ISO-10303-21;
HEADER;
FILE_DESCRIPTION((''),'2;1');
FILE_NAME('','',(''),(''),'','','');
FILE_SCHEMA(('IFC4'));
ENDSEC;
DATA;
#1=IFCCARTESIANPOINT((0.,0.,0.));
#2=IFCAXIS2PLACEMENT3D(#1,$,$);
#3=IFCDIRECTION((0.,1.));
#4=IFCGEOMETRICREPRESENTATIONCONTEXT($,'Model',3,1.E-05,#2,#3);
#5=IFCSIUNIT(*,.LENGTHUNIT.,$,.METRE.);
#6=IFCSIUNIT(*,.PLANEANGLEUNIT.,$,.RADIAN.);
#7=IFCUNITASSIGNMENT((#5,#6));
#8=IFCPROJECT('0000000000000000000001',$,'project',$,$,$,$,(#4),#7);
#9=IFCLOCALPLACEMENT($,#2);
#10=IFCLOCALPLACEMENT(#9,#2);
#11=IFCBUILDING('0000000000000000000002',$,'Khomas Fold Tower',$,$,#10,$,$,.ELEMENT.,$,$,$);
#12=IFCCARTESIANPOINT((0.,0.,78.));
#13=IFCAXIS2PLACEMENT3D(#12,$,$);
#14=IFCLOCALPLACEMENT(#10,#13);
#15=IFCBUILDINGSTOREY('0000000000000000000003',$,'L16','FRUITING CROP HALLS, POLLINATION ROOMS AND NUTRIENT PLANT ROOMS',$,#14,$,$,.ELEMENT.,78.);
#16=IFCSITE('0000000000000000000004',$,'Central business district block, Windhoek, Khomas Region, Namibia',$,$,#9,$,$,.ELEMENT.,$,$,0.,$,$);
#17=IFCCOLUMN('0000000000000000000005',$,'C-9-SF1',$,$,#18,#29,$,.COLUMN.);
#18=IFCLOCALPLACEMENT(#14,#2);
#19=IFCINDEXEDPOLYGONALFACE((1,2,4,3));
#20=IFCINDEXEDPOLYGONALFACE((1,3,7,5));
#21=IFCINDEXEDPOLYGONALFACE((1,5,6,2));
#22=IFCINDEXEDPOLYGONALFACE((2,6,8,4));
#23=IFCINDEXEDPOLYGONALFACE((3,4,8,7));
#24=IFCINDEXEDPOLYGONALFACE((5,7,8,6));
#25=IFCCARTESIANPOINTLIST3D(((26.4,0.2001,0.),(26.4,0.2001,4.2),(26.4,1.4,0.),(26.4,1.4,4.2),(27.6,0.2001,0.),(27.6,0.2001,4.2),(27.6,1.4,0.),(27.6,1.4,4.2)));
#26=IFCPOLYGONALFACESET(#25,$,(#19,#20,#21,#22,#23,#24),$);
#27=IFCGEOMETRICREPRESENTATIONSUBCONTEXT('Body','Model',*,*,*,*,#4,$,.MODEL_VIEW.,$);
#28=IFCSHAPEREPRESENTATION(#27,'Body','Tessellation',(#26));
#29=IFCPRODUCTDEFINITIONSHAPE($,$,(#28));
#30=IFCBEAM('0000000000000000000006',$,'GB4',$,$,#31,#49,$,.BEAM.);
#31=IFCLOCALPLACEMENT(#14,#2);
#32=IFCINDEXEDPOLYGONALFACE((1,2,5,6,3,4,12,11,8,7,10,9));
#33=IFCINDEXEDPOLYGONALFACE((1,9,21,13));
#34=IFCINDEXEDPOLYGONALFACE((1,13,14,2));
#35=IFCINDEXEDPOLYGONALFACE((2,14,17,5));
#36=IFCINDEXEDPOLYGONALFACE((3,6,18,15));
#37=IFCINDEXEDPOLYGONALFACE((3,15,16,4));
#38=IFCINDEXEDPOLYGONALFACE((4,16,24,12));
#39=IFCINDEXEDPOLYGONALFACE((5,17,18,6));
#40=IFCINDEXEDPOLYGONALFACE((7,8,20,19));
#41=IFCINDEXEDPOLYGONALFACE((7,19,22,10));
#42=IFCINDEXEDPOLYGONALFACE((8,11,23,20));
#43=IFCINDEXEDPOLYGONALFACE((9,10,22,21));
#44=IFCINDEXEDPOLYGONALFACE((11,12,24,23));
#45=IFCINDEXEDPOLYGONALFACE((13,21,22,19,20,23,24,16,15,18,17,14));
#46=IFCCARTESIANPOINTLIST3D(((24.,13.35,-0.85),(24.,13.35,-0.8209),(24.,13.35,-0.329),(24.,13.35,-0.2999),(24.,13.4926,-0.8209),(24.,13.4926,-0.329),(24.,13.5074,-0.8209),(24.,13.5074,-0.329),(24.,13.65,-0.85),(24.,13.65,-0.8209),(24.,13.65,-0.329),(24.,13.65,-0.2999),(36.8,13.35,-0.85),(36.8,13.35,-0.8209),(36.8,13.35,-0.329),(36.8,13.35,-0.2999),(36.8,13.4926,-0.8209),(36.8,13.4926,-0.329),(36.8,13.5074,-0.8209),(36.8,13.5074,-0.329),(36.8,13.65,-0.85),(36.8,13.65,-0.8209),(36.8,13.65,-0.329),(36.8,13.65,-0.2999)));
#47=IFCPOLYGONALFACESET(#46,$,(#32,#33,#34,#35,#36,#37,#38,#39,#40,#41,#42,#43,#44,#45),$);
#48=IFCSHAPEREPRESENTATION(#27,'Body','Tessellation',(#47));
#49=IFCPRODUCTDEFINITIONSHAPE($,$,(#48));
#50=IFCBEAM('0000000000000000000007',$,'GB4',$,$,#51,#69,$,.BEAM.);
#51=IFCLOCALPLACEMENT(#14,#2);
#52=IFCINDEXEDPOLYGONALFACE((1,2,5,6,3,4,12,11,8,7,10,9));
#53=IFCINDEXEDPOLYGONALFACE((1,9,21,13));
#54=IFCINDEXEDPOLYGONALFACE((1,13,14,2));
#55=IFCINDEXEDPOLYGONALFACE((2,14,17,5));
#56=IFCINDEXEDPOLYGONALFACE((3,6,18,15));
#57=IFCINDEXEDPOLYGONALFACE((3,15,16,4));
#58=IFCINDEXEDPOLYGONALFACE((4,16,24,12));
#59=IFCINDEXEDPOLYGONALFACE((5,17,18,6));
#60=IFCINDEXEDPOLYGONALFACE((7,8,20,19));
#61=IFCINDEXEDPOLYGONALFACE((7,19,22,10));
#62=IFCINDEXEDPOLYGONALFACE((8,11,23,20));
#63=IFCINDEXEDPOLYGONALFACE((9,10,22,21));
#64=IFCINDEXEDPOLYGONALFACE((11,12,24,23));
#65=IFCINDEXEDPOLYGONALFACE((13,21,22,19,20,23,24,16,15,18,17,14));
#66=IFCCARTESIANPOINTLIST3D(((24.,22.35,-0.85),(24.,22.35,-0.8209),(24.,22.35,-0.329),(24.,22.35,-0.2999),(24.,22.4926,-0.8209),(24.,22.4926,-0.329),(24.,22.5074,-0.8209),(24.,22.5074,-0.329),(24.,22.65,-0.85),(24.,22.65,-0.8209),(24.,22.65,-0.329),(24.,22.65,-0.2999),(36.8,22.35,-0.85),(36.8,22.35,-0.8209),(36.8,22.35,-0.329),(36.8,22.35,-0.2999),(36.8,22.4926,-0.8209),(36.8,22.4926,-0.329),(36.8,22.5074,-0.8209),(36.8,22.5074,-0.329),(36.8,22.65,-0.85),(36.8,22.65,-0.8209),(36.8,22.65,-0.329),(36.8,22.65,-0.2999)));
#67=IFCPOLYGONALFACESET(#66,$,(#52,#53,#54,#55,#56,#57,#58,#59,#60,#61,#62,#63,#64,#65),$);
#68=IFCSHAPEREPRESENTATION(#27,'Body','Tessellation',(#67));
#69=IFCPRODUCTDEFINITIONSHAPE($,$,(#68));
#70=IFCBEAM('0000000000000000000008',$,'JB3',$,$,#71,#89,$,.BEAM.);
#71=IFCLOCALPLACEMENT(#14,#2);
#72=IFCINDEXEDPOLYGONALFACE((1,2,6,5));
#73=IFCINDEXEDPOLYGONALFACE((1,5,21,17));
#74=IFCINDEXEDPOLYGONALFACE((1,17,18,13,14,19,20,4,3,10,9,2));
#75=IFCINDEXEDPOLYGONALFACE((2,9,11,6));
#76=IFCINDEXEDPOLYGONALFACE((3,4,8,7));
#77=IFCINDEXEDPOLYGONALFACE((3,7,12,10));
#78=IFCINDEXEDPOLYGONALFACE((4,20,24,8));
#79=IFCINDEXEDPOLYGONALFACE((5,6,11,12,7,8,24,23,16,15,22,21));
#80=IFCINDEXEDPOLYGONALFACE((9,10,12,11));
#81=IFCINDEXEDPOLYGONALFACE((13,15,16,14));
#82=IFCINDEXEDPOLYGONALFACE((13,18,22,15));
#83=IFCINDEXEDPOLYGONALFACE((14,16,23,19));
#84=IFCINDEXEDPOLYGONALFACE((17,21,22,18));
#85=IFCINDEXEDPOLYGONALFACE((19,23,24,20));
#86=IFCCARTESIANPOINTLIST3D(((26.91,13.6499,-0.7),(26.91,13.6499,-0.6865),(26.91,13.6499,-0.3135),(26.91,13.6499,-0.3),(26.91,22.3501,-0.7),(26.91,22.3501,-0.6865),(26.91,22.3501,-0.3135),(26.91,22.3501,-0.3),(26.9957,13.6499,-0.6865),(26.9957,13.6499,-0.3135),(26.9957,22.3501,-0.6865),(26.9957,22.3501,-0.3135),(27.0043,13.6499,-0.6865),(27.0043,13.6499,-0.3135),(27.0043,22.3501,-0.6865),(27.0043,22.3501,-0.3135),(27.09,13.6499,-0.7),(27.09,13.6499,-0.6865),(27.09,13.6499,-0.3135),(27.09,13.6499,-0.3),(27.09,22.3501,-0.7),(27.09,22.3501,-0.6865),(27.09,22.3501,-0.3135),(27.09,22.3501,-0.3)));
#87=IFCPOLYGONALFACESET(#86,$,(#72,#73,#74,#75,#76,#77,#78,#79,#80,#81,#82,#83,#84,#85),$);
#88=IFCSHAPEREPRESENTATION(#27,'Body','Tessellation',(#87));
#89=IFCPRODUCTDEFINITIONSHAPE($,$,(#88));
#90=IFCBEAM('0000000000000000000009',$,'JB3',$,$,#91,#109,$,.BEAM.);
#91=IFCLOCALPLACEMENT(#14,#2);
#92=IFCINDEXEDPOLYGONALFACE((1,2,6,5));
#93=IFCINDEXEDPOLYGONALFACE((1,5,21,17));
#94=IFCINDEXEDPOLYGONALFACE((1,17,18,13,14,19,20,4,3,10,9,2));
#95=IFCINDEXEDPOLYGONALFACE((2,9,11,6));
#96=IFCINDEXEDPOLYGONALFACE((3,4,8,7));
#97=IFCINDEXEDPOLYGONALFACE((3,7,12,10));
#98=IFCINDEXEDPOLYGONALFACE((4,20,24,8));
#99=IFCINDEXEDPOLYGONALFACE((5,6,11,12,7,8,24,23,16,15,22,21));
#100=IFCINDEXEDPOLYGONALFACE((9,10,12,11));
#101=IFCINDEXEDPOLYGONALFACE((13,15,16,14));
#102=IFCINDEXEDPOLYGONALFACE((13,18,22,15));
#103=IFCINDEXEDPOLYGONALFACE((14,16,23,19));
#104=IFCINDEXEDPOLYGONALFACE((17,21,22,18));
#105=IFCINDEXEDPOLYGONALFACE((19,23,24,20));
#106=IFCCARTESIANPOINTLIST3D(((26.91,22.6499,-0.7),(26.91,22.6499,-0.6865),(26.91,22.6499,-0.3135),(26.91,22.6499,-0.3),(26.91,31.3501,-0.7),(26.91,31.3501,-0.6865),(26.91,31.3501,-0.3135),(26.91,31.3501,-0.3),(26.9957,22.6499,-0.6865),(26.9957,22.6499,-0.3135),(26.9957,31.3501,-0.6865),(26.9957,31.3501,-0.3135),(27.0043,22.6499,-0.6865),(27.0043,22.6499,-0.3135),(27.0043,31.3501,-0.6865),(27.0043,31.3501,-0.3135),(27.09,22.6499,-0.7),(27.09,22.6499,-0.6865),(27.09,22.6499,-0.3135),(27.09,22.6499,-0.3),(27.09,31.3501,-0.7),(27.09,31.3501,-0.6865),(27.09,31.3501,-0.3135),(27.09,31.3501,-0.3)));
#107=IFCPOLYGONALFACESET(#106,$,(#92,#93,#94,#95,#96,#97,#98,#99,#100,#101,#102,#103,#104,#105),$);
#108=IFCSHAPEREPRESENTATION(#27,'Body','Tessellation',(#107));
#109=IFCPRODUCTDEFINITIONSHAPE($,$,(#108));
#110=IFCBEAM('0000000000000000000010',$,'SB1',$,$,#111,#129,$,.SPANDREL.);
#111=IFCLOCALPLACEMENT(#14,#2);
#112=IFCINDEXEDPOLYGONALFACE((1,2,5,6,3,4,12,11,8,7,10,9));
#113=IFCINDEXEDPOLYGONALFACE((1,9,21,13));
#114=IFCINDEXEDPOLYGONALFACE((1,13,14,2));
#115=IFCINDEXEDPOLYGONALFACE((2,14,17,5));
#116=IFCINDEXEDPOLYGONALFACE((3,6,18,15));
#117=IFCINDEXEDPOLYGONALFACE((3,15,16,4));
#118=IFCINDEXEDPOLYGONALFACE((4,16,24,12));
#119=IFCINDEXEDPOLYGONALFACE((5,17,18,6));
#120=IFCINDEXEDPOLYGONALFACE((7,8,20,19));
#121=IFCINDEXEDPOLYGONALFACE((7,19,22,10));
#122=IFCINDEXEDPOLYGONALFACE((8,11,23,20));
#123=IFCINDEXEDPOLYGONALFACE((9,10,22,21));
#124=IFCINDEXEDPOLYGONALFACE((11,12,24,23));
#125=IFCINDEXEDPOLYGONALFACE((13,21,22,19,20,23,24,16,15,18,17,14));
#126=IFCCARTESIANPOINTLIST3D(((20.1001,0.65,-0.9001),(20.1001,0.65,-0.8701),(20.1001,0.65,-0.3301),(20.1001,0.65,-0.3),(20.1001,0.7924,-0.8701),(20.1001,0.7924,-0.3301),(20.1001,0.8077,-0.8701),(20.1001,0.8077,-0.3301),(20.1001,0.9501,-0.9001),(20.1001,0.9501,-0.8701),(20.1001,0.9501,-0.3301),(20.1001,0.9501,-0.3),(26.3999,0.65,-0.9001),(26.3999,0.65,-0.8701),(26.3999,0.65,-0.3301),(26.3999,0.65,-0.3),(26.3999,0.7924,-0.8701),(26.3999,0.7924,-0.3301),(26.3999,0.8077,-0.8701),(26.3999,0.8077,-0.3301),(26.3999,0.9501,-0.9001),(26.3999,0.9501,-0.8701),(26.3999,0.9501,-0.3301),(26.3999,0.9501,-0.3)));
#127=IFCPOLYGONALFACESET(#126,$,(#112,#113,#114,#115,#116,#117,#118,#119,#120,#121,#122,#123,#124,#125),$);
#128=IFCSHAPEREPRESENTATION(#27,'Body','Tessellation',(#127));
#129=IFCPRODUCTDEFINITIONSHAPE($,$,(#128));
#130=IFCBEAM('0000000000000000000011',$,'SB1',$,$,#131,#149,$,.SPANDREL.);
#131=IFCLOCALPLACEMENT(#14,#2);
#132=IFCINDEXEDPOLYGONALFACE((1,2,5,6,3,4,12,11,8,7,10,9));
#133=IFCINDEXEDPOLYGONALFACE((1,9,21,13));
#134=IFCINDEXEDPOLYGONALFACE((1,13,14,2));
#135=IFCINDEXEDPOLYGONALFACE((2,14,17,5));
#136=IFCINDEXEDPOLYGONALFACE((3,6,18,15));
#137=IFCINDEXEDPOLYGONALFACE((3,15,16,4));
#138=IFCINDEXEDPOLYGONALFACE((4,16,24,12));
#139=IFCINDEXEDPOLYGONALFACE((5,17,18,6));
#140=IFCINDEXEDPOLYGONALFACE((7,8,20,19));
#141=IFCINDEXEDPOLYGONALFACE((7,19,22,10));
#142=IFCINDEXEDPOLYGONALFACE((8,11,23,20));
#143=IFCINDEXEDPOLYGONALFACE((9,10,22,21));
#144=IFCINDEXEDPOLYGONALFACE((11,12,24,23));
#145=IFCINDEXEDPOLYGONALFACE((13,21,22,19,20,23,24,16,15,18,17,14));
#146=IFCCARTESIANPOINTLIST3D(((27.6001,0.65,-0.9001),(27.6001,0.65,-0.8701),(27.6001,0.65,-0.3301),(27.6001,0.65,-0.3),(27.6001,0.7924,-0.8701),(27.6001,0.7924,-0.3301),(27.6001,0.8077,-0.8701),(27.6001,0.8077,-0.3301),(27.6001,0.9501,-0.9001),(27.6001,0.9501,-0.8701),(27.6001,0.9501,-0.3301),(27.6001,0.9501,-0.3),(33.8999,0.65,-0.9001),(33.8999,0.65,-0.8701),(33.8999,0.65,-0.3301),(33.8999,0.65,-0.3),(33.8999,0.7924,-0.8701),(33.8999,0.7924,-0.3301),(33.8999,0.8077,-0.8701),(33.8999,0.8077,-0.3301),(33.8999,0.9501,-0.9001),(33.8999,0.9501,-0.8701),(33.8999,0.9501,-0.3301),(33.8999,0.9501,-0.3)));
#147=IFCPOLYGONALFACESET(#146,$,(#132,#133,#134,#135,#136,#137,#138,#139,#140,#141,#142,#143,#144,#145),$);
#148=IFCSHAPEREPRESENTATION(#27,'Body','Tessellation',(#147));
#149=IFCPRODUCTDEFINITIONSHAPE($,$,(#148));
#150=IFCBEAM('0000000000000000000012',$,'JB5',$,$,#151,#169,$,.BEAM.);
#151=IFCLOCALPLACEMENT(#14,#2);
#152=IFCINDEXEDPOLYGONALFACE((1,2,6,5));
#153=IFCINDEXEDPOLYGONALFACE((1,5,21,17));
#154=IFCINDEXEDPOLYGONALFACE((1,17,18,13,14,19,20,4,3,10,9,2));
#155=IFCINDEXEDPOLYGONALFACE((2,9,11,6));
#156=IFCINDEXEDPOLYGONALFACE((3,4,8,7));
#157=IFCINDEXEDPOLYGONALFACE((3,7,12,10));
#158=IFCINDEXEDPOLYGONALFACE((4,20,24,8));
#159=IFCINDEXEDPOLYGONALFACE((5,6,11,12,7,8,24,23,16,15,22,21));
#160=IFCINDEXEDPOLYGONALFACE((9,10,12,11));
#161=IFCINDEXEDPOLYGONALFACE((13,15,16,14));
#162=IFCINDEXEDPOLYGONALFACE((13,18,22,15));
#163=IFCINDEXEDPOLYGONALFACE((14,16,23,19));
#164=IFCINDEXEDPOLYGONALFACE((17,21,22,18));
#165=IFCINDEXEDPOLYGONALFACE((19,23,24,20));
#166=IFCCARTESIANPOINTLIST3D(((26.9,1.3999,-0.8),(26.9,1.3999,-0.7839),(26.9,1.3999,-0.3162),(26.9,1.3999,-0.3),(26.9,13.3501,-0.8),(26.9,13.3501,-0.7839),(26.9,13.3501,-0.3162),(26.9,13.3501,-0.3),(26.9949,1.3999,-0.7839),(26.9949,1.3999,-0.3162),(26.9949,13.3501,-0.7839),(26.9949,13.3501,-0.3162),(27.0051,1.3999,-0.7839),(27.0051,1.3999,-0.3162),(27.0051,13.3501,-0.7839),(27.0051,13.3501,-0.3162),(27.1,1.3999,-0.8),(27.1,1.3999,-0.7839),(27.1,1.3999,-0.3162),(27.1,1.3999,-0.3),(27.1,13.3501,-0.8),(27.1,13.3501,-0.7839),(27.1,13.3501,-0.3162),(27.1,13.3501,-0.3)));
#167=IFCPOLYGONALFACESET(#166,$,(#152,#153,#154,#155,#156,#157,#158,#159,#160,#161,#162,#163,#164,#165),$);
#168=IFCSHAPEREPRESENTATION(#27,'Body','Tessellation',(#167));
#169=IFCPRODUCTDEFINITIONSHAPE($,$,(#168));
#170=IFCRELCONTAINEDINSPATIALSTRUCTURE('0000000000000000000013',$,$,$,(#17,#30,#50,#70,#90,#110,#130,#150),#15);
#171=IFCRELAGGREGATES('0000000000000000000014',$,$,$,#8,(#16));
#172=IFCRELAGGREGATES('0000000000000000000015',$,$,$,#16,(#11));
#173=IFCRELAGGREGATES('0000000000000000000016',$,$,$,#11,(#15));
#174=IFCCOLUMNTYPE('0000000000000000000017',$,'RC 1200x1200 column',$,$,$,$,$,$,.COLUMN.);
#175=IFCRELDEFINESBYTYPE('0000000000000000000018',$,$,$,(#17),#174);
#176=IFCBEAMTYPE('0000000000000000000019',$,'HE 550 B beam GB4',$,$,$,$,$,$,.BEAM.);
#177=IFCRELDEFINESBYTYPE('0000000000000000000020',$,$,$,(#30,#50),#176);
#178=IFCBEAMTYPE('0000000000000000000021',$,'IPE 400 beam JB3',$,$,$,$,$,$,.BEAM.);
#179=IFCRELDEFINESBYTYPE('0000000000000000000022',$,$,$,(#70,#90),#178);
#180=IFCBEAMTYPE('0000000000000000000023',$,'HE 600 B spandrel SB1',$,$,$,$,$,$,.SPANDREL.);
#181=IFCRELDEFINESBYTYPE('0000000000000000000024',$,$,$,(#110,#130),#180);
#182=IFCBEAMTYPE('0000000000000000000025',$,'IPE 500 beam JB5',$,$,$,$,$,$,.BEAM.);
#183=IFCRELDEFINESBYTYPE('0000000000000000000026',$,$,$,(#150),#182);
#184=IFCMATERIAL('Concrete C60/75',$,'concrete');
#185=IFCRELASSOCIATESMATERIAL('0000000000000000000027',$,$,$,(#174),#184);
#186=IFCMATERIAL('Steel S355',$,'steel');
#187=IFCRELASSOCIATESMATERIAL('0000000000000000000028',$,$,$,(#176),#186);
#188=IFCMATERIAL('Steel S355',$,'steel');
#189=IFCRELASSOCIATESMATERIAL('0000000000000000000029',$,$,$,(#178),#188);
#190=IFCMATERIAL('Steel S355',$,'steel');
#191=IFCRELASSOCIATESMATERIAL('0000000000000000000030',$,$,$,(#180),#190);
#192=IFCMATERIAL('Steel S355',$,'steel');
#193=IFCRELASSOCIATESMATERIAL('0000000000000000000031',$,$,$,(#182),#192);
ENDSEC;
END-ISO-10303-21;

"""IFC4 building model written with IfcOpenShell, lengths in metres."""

from ifc_helpers import new_model, si_unit, direction, frame, origin, origin_2d, place, context, subcontext, project, spatial, rectangle, i_section, extrude, source, transform, mapped, material, material_profile, profile_set, type_object, element, save


model = new_model("IFC4")

# Units and contexts
model_context = context("Model", 3, precision=1e-05, world=origin(), true_north=direction((0.0, 1.0)))
body_context = subcontext(model_context, "Body", "Model", "MODEL_VIEW")
ifc_project = project(units=[si_unit("LENGTHUNIT", "METRE"), si_unit("PLANEANGLEUNIT", "RADIAN")], contexts=[model_context])

# Site, building, storey
site_placement = place(None, origin())
site = spatial("IfcSite", under=ifc_project, at=site_placement, Name="Central business district block, Windhoek, Khomas Region, Namibia", CompositionType="ELEMENT", RefElevation=0.0)
building_placement = place(site_placement, origin())
building = spatial("IfcBuilding", under=site, at=building_placement, Name="Khomas Fold Tower", CompositionType="ELEMENT")
storey_placement = place(building_placement, frame((0.0, 0.0, 78.0)))
storey = spatial("IfcBuildingStorey", under=building, at=storey_placement, Name="L16", Description="FRUITING CROP HALLS, POLLINATION ROOMS AND NUTRIENT PLANT ROOMS", CompositionType="ELEMENT", Elevation=78.0)

# Column
ifc_material_1 = material(Name="Concrete C60/75", Category="concrete")
ifc_material_profile_1 = material_profile(ifc_material_1, rectangle(XDim=1.2, YDim=1.2, at=origin_2d()), Name="RC 1200x1200")
ifc_profile_set_1 = profile_set([ifc_material_profile_1], Name="Concrete C60/75")
column_type = type_object("IfcColumnType", Name="RC 1200x1200 column", PredefinedType="COLUMN", material=ifc_profile_set_1)
shared_shape_1 = source(origin(), body_context, "Body", "SweptSolid", [
    extrude(rectangle(XDim=1.2, YDim=1.2, at=origin_2d()), origin(), (0.0, 0.0, 1.0), 4.2),
])
column_placement = place(storey_placement, frame((27.0, 0.8, 0.0), z_axis=(0.0, 0.0, 1.0), x_axis=(1.0, 0.0, 0.0)))
element("IfcColumn", 1, at=column_placement, inside=storey, type_object=column_type, Name="C-9-SF1", PredefinedType="COLUMN", context=body_context, shape_type="MappedRepresentation", body=[
    mapped(shared_shape_1, transform((0.0, 0.0, 0.0))),
])

# Beams
ifc_material_2 = material(Name="Steel S355", Category="steel")
ifc_material_profile_2 = material_profile(ifc_material_2, i_section(OverallWidth=0.3, OverallDepth=0.55, WebThickness=0.0149, FlangeThickness=0.0291, at=origin_2d()), Name="HE 550 B")
ifc_profile_set_2 = profile_set([ifc_material_profile_2], Name="Steel S355")
beam_type_1 = type_object("IfcBeamType", Name="HE 550 B beam GB4", PredefinedType="BEAM", material=ifc_profile_set_2)
shared_shape_2 = source(origin(), body_context, "Body", "SweptSolid", [
    extrude(i_section(OverallWidth=0.3, OverallDepth=0.55, WebThickness=0.0149, FlangeThickness=0.0291, at=origin_2d()), origin(), (0.0, 0.0, 1.0), 12.8),
])
for number, where, z_axis, x_axis, name in (
    (2, (24.0, 13.5, -0.575), (1.0, 0.0, 0.0), (0.0, 1.0, 0.0), "GB4"),
    (3, (24.0, 22.5, -0.575), (1.0, 0.0, 0.0), (0.0, 1.0, 0.0), "GB4"),
):
    element("IfcBeam", number, at=place(storey_placement, frame(where, z_axis=z_axis, x_axis=x_axis)), inside=storey, type_object=beam_type_1, Name=name, PredefinedType="BEAM", context=body_context, shape_type="MappedRepresentation", body=[
        mapped(shared_shape_2, transform((0.0, 0.0, 0.0))),
    ])
ifc_material_3 = material(Name="Steel S355", Category="steel")
ifc_material_profile_3 = material_profile(ifc_material_3, i_section(OverallWidth=0.1799, OverallDepth=0.3999, WebThickness=0.0085, FlangeThickness=0.0134, at=origin_2d()), Name="IPE 400")
ifc_profile_set_3 = profile_set([ifc_material_profile_3], Name="Steel S355")
beam_type_2 = type_object("IfcBeamType", Name="IPE 400 beam JB3", PredefinedType="BEAM", material=ifc_profile_set_3)
shared_shape_3 = source(origin(), body_context, "Body", "SweptSolid", [
    extrude(i_section(OverallWidth=0.1799, OverallDepth=0.3999, WebThickness=0.0085, FlangeThickness=0.0134, at=origin_2d()), origin(), (0.0, 0.0, 1.0), 8.7002),
])
for number, where, z_axis, x_axis, name in (
    (4, (27.0, 13.6499, -0.5), (0.0, 1.0, 0.0), (-1.0, 0.0, 0.0), "JB3"),
    (5, (27.0, 22.6499, -0.5), (0.0, 1.0, 0.0), (-1.0, 0.0, 0.0), "JB3"),
):
    element("IfcBeam", number, at=place(storey_placement, frame(where, z_axis=z_axis, x_axis=x_axis)), inside=storey, type_object=beam_type_2, Name=name, PredefinedType="BEAM", context=body_context, shape_type="MappedRepresentation", body=[
        mapped(shared_shape_3, transform((0.0, 0.0, 0.0))),
    ])
ifc_material_4 = material(Name="Steel S355", Category="steel")
ifc_material_profile_4 = material_profile(ifc_material_4, i_section(OverallWidth=0.3, OverallDepth=0.6001, WebThickness=0.0154, FlangeThickness=0.03, at=origin_2d()), Name="HE 600 B")
ifc_profile_set_4 = profile_set([ifc_material_profile_4], Name="Steel S355")
beam_type_3 = type_object("IfcBeamType", Name="HE 600 B spandrel SB1", PredefinedType="SPANDREL", material=ifc_profile_set_4)
shared_shape_4 = source(origin(), body_context, "Body", "SweptSolid", [
    extrude(i_section(OverallWidth=0.3, OverallDepth=0.6001, WebThickness=0.0154, FlangeThickness=0.03, at=origin_2d()), origin(), (0.0, 0.0, 1.0), 6.2998),
])
for number, where, z_axis, x_axis, name in (
    (6, (20.1001, 0.8, -0.6001), (1.0, 0.0, 0.0), (0.0, 1.0, 0.0), "SB1"),
    (7, (27.6001, 0.8, -0.6001), (1.0, 0.0, 0.0), (0.0, 1.0, 0.0), "SB1"),
):
    element("IfcBeam", number, at=place(storey_placement, frame(where, z_axis=z_axis, x_axis=x_axis)), inside=storey, type_object=beam_type_3, Name=name, PredefinedType="SPANDREL", context=body_context, shape_type="MappedRepresentation", body=[
        mapped(shared_shape_4, transform((0.0, 0.0, 0.0))),
    ])
ifc_material_5 = material(Name="Steel S355", Category="steel")
ifc_material_profile_5 = material_profile(ifc_material_5, i_section(OverallWidth=0.2, OverallDepth=0.5, WebThickness=0.0103, FlangeThickness=0.0161, at=origin_2d()), Name="IPE 500")
ifc_profile_set_5 = profile_set([ifc_material_profile_5], Name="Steel S355")
beam_type_4 = type_object("IfcBeamType", Name="IPE 500 beam JB5", PredefinedType="BEAM", material=ifc_profile_set_5)
shared_shape_5 = source(origin(), body_context, "Body", "SweptSolid", [
    extrude(i_section(OverallWidth=0.2, OverallDepth=0.5, WebThickness=0.0103, FlangeThickness=0.0161, at=origin_2d()), origin(), (0.0, 0.0, 1.0), 11.9502),
])
beam_placement = place(storey_placement, frame((27.0, 1.3999, -0.55), z_axis=(0.0, 1.0, 0.0), x_axis=(-1.0, 0.0, 0.0)))
element("IfcBeam", 8, at=beam_placement, inside=storey, type_object=beam_type_4, Name="JB5", PredefinedType="BEAM", context=body_context, shape_type="MappedRepresentation", body=[
    mapped(shared_shape_5, transform((0.0, 0.0, 0.0))),
])

save(model, "model.ifc")
